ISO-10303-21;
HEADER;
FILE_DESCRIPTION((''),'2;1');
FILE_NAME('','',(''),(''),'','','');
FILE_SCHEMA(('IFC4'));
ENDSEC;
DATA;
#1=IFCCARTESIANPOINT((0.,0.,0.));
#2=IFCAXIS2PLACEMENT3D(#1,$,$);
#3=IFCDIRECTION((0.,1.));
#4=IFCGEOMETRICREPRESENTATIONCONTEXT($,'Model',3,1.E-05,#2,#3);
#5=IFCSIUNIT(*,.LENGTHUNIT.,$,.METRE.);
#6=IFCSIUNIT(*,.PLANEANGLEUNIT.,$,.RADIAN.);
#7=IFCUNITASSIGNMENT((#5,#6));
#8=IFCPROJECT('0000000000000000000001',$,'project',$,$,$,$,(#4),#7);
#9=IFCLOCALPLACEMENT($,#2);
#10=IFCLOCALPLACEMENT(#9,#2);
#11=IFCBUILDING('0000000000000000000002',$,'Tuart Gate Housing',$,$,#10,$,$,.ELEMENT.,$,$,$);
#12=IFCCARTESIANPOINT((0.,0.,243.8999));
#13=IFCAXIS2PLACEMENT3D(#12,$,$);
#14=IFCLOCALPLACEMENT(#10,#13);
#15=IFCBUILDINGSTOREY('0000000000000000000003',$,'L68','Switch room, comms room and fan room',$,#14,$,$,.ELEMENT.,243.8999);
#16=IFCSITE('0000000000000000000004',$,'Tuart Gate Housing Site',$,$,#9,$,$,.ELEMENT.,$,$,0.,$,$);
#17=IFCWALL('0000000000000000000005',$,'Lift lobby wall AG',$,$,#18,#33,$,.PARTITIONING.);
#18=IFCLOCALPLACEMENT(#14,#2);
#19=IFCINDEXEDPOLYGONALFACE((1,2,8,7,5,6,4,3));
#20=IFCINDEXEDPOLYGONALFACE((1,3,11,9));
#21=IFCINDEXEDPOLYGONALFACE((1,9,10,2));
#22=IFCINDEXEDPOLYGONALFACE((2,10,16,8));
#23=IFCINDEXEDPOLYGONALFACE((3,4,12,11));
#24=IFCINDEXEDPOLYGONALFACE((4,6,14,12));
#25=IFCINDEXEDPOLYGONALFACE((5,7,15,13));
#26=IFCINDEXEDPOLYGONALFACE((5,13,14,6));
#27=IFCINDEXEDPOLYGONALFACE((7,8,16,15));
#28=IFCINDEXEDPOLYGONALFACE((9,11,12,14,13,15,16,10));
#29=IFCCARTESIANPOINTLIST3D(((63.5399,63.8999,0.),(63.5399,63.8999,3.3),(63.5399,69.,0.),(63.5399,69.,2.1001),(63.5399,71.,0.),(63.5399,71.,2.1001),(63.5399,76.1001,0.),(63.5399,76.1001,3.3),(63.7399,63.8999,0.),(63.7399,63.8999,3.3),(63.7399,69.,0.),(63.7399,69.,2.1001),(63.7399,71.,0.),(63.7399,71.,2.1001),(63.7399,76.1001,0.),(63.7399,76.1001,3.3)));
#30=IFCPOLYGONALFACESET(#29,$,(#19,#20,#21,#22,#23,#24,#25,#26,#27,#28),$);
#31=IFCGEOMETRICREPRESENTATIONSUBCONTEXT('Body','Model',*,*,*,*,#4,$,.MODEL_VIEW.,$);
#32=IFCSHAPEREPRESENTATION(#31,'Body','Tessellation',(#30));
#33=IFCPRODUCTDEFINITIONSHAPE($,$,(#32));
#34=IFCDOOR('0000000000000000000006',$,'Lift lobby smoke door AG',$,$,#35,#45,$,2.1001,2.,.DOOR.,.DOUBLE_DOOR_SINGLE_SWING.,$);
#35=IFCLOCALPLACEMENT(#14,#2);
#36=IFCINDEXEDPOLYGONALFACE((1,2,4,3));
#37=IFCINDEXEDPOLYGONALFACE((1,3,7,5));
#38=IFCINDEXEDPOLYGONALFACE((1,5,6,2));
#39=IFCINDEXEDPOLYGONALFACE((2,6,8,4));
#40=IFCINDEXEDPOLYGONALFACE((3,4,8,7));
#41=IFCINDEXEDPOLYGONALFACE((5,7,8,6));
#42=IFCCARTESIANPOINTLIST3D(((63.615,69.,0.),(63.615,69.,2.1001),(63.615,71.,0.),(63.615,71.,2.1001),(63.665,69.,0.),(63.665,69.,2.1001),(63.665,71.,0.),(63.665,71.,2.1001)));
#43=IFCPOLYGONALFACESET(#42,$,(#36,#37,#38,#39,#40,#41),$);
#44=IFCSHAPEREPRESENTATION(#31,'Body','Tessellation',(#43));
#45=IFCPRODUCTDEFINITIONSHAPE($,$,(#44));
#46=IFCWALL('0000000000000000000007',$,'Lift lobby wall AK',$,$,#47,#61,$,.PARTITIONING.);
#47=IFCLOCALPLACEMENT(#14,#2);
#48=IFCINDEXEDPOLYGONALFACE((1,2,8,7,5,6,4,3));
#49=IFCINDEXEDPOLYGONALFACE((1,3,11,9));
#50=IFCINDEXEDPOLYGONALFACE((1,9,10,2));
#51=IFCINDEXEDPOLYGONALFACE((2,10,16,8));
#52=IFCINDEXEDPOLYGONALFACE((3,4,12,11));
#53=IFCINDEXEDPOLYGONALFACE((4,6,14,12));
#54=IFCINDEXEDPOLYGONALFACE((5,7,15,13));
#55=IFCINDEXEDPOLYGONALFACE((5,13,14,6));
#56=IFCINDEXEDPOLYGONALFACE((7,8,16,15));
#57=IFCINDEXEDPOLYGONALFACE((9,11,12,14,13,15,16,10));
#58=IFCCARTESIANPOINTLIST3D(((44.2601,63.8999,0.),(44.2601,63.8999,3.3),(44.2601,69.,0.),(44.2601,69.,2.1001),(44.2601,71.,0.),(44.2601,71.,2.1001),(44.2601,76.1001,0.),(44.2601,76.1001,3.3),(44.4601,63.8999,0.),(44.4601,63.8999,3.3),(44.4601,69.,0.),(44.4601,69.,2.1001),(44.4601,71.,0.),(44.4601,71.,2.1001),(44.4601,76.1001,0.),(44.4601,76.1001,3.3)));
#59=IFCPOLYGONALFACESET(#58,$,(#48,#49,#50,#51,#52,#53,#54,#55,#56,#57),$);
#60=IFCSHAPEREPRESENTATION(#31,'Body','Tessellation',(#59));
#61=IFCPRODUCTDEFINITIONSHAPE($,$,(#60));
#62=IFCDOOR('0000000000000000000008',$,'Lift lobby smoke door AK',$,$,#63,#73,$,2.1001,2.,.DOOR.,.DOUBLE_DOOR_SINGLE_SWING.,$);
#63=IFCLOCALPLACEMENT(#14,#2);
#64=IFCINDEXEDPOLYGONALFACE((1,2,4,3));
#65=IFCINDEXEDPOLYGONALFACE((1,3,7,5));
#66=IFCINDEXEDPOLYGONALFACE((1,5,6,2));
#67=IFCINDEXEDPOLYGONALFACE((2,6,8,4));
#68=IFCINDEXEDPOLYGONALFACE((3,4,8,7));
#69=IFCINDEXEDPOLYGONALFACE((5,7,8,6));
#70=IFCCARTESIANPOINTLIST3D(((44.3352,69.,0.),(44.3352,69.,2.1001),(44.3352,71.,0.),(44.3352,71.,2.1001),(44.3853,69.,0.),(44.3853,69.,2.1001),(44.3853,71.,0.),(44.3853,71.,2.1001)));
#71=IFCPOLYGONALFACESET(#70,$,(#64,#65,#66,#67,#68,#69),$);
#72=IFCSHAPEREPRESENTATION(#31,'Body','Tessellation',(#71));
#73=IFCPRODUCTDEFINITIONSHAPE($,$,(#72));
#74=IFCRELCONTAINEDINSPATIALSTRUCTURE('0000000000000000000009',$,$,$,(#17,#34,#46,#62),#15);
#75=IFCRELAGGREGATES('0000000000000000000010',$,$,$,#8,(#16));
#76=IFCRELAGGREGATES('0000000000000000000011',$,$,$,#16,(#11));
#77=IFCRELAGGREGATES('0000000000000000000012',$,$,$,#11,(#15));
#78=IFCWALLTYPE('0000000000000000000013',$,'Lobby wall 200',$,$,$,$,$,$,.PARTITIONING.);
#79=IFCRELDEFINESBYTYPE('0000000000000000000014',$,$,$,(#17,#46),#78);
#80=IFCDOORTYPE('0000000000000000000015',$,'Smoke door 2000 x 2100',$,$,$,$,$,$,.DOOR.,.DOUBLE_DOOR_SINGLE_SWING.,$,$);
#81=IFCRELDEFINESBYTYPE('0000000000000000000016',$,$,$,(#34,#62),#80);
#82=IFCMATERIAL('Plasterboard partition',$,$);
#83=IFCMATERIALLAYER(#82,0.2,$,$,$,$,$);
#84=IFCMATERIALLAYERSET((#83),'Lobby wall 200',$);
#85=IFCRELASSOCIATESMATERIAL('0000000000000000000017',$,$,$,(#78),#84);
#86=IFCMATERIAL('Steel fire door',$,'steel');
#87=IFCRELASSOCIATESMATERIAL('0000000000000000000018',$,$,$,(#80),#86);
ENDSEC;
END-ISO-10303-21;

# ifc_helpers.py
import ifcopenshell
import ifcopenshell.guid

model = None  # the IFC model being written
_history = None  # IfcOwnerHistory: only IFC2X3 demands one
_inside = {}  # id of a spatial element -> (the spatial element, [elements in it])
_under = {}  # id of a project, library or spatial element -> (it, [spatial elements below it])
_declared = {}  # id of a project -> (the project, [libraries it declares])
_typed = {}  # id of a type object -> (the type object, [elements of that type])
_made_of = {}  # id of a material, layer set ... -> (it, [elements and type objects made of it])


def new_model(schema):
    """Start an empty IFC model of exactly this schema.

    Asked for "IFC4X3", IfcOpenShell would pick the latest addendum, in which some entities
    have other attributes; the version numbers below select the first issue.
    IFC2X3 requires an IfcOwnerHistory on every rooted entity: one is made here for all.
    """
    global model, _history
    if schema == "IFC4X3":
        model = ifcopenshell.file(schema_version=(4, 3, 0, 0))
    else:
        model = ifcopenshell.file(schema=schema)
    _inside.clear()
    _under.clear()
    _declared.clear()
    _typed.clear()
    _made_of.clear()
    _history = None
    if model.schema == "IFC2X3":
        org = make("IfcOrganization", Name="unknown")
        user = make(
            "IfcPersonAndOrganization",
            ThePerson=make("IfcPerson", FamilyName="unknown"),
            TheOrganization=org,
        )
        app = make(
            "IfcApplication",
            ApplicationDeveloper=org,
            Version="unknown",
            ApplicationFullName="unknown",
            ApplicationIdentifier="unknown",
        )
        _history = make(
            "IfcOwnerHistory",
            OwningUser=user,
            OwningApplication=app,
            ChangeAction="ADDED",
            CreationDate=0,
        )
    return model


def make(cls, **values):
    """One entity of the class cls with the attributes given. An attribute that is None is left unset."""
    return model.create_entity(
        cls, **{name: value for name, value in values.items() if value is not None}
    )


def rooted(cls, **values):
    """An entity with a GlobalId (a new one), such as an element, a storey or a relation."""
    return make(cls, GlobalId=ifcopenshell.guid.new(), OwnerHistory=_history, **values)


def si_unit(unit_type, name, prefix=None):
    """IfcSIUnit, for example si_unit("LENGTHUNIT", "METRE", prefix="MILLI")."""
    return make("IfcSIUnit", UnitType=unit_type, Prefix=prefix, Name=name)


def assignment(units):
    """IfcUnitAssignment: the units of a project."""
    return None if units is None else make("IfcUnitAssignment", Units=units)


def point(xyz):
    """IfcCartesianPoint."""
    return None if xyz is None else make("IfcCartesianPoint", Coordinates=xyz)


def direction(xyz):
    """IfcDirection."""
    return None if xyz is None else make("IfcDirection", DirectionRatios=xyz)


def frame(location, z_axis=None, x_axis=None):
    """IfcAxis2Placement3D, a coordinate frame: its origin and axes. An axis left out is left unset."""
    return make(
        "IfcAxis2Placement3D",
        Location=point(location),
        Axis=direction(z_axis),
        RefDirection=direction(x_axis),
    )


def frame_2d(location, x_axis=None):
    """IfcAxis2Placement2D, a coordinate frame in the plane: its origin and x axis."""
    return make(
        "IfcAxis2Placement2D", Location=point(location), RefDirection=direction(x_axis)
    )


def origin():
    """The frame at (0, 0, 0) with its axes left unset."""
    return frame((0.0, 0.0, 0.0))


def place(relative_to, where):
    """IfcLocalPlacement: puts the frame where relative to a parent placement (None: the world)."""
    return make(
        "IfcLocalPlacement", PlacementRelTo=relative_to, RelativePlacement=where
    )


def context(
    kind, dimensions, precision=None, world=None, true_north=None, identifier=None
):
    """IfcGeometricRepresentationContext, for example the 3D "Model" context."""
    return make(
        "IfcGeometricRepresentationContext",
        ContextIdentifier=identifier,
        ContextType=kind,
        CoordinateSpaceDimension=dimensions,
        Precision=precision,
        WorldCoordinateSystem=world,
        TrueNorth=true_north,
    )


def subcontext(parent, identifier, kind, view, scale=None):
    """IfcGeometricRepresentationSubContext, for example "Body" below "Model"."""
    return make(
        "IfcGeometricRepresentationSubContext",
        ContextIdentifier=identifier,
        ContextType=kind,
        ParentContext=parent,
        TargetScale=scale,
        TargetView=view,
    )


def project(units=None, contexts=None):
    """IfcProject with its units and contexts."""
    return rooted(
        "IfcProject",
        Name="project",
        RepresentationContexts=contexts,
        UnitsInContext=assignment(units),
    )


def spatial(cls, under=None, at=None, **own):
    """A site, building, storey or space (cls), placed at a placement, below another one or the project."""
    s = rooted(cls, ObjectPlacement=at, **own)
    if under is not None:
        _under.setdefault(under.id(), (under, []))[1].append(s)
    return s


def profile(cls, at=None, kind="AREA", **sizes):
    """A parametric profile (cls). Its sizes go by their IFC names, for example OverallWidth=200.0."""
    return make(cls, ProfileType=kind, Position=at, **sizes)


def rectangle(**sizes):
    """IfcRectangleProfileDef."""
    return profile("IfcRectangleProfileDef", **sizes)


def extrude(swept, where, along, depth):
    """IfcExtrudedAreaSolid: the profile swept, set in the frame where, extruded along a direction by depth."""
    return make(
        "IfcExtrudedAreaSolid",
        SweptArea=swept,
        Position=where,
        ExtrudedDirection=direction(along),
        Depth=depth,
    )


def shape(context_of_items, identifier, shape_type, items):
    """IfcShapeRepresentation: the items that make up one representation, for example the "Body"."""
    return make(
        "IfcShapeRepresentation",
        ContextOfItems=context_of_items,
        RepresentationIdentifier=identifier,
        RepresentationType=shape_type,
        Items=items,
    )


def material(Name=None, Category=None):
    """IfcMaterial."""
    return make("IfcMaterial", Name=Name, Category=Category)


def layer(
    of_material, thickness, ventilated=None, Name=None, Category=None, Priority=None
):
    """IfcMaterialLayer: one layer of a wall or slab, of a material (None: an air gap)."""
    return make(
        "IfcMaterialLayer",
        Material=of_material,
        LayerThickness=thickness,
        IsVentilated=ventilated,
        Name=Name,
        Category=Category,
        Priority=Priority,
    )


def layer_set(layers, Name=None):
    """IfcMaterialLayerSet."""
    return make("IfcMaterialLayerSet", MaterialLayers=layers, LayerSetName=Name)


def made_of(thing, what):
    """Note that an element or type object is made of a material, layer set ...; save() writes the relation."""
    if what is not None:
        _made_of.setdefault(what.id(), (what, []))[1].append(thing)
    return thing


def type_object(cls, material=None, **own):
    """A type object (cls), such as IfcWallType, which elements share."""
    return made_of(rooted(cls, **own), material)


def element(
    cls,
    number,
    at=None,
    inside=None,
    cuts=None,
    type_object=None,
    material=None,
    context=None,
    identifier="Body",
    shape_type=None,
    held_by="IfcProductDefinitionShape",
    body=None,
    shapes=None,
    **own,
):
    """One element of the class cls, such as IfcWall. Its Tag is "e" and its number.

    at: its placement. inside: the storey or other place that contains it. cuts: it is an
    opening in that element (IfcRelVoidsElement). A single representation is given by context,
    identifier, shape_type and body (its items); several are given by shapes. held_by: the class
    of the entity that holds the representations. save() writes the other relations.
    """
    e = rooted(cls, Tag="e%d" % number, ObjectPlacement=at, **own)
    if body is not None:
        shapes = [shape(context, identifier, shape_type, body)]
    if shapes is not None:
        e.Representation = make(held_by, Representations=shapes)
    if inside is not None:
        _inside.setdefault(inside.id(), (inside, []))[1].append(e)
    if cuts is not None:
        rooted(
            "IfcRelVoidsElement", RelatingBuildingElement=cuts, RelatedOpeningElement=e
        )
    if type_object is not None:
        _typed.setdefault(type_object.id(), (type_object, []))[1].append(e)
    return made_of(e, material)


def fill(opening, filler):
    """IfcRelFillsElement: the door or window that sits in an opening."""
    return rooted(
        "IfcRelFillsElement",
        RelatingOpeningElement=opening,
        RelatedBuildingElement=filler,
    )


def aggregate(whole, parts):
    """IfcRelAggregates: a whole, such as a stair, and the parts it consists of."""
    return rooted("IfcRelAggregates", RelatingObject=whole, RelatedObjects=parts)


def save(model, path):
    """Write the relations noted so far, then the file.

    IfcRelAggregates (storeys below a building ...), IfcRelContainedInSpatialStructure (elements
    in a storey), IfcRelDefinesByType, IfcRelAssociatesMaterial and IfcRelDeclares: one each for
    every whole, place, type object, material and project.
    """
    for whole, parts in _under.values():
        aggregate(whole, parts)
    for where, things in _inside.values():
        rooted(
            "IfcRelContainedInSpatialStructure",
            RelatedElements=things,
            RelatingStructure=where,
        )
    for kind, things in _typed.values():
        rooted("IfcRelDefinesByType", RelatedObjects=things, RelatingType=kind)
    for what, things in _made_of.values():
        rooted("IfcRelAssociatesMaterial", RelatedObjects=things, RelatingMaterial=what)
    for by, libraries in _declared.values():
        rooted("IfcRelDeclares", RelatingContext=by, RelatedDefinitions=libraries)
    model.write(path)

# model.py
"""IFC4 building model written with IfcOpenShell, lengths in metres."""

from ifc_helpers import new_model, si_unit, direction, frame, frame_2d, origin, place, context, subcontext, project, spatial, rectangle, extrude, material, layer, layer_set, type_object, element, fill, save


model = new_model("IFC4")

# Units and contexts
model_context = context("Model", 3, precision=1e-05, world=origin(), true_north=direction((0.0, 1.0)))
body_context = subcontext(model_context, "Body", "Model", "MODEL_VIEW")
ifc_project = project(units=[si_unit("LENGTHUNIT", "METRE"), si_unit("PLANEANGLEUNIT", "RADIAN")], contexts=[model_context])

# Site, building, storey
site_placement = place(None, origin())
site = spatial("IfcSite", under=ifc_project, at=site_placement, Name="Tuart Gate Housing Site", CompositionType="ELEMENT", RefElevation=0.0)
building_placement = place(site_placement, origin())
building = spatial("IfcBuilding", under=site, at=building_placement, Name="Tuart Gate Housing", CompositionType="ELEMENT")
storey_placement = place(building_placement, frame((0.0, 0.0, 243.8999)))
storey = spatial("IfcBuildingStorey", under=building, at=storey_placement, Name="L68", Description="Switch room, comms room and fan room", CompositionType="ELEMENT", Elevation=243.8999)

# Walls, openings, doors
ifc_material_1 = material(Name="Plasterboard partition")
ifc_layer_1 = layer(ifc_material_1, 0.2)
ifc_layer_set_1 = layer_set([ifc_layer_1], Name="Lobby wall 200")
wall_type_1 = type_object("IfcWallType", Name="Lobby wall 200", PredefinedType="PARTITIONING", material=ifc_layer_set_1)
wall_1_placement = place(storey_placement, frame((63.6399, 63.8999, 0.0), z_axis=(0.0, 0.0, 1.0), x_axis=(0.0, 1.0, 0.0)))
wall_1 = element("IfcWall", 1, at=wall_1_placement, inside=storey, type_object=wall_type_1, Name="Lift lobby wall AG", PredefinedType="PARTITIONING", context=body_context, shape_type="SweptSolid", body=[
    extrude(rectangle(XDim=12.2002, YDim=0.2, at=frame_2d((6.1001, 0.0))), origin(), (0.0, 0.0, 1.0), 3.3),
])
opening_1_placement = place(wall_1_placement, frame((5.1001, 0.0, 0.0)))
opening_1 = element("IfcOpeningElement", 2, at=opening_1_placement, cuts=wall_1, PredefinedType="OPENING", context=body_context, shape_type="SweptSolid", body=[
    extrude(rectangle(XDim=2.0, YDim=2.1001, at=frame_2d((1.0, 1.05))), frame((0.0, 0.1099, 0.0), z_axis=(0.0, -1.0, 0.0), x_axis=(1.0, 0.0, 0.0)), (0.0, 0.0, 1.0), 0.22),
])
ifc_material_2 = material(Name="Steel fire door", Category="steel")
door_type_1 = type_object("IfcDoorType", Name="Smoke door 2000 x 2100", OperationType="DOUBLE_DOOR_SINGLE_SWING", PredefinedType="DOOR", material=ifc_material_2)
door_1_placement = place(opening_1_placement, frame((2.0, 0.0, 0.0), z_axis=(0.0, 0.0, 1.0), x_axis=(-1.0, 0.0, 0.0)))
door_1 = element("IfcDoor", 3, at=door_1_placement, inside=storey, type_object=door_type_1, Name="Lift lobby smoke door AG", OperationType="DOUBLE_DOOR_SINGLE_SWING", OverallHeight=2.1001, OverallWidth=2.0, PredefinedType="DOOR", context=body_context, shape_type="SweptSolid", body=[
    extrude(rectangle(XDim=2.0, YDim=2.1001, at=frame_2d((1.0, 1.05))), frame((0.0, 0.0251, 0.0), z_axis=(0.0, -1.0, 0.0), x_axis=(1.0, 0.0, 0.0)), (0.0, 0.0, 1.0), 0.05),
])
fill(opening_1, door_1)
wall_2_placement = place(storey_placement, frame((44.3601, 63.8999, 0.0), z_axis=(0.0, 0.0, 1.0), x_axis=(0.0, 1.0, 0.0)))
wall_2 = element("IfcWall", 4, at=wall_2_placement, inside=storey, type_object=wall_type_1, Name="Lift lobby wall AK", PredefinedType="PARTITIONING", context=body_context, shape_type="SweptSolid", body=[
    extrude(rectangle(XDim=12.2002, YDim=0.2, at=frame_2d((6.1001, 0.0))), origin(), (0.0, 0.0, 1.0), 3.3),
])
opening_2_placement = place(wall_2_placement, frame((5.1001, 0.0, 0.0)))
opening_2 = element("IfcOpeningElement", 5, at=opening_2_placement, cuts=wall_2, PredefinedType="OPENING", context=body_context, shape_type="SweptSolid", body=[
    extrude(rectangle(XDim=2.0, YDim=2.1001, at=frame_2d((1.0, 1.05))), frame((0.0, 0.1099, 0.0), z_axis=(0.0, -1.0, 0.0), x_axis=(1.0, 0.0, 0.0)), (0.0, 0.0, 1.0), 0.22),
])
door_2_placement = place(opening_2_placement, origin())
door_2 = element("IfcDoor", 6, at=door_2_placement, inside=storey, type_object=door_type_1, Name="Lift lobby smoke door AK", OperationType="DOUBLE_DOOR_SINGLE_SWING", OverallHeight=2.1001, OverallWidth=2.0, PredefinedType="DOOR", context=body_context, shape_type="SweptSolid", body=[
    extrude(rectangle(XDim=2.0, YDim=2.1001, at=frame_2d((1.0, 1.05))), frame((0.0, 0.0249, 0.0), z_axis=(0.0, -1.0, 0.0), x_axis=(1.0, 0.0, 0.0)), (0.0, 0.0, 1.0), 0.05),
])
fill(opening_2, door_2)

save(model, "model.ifc")
